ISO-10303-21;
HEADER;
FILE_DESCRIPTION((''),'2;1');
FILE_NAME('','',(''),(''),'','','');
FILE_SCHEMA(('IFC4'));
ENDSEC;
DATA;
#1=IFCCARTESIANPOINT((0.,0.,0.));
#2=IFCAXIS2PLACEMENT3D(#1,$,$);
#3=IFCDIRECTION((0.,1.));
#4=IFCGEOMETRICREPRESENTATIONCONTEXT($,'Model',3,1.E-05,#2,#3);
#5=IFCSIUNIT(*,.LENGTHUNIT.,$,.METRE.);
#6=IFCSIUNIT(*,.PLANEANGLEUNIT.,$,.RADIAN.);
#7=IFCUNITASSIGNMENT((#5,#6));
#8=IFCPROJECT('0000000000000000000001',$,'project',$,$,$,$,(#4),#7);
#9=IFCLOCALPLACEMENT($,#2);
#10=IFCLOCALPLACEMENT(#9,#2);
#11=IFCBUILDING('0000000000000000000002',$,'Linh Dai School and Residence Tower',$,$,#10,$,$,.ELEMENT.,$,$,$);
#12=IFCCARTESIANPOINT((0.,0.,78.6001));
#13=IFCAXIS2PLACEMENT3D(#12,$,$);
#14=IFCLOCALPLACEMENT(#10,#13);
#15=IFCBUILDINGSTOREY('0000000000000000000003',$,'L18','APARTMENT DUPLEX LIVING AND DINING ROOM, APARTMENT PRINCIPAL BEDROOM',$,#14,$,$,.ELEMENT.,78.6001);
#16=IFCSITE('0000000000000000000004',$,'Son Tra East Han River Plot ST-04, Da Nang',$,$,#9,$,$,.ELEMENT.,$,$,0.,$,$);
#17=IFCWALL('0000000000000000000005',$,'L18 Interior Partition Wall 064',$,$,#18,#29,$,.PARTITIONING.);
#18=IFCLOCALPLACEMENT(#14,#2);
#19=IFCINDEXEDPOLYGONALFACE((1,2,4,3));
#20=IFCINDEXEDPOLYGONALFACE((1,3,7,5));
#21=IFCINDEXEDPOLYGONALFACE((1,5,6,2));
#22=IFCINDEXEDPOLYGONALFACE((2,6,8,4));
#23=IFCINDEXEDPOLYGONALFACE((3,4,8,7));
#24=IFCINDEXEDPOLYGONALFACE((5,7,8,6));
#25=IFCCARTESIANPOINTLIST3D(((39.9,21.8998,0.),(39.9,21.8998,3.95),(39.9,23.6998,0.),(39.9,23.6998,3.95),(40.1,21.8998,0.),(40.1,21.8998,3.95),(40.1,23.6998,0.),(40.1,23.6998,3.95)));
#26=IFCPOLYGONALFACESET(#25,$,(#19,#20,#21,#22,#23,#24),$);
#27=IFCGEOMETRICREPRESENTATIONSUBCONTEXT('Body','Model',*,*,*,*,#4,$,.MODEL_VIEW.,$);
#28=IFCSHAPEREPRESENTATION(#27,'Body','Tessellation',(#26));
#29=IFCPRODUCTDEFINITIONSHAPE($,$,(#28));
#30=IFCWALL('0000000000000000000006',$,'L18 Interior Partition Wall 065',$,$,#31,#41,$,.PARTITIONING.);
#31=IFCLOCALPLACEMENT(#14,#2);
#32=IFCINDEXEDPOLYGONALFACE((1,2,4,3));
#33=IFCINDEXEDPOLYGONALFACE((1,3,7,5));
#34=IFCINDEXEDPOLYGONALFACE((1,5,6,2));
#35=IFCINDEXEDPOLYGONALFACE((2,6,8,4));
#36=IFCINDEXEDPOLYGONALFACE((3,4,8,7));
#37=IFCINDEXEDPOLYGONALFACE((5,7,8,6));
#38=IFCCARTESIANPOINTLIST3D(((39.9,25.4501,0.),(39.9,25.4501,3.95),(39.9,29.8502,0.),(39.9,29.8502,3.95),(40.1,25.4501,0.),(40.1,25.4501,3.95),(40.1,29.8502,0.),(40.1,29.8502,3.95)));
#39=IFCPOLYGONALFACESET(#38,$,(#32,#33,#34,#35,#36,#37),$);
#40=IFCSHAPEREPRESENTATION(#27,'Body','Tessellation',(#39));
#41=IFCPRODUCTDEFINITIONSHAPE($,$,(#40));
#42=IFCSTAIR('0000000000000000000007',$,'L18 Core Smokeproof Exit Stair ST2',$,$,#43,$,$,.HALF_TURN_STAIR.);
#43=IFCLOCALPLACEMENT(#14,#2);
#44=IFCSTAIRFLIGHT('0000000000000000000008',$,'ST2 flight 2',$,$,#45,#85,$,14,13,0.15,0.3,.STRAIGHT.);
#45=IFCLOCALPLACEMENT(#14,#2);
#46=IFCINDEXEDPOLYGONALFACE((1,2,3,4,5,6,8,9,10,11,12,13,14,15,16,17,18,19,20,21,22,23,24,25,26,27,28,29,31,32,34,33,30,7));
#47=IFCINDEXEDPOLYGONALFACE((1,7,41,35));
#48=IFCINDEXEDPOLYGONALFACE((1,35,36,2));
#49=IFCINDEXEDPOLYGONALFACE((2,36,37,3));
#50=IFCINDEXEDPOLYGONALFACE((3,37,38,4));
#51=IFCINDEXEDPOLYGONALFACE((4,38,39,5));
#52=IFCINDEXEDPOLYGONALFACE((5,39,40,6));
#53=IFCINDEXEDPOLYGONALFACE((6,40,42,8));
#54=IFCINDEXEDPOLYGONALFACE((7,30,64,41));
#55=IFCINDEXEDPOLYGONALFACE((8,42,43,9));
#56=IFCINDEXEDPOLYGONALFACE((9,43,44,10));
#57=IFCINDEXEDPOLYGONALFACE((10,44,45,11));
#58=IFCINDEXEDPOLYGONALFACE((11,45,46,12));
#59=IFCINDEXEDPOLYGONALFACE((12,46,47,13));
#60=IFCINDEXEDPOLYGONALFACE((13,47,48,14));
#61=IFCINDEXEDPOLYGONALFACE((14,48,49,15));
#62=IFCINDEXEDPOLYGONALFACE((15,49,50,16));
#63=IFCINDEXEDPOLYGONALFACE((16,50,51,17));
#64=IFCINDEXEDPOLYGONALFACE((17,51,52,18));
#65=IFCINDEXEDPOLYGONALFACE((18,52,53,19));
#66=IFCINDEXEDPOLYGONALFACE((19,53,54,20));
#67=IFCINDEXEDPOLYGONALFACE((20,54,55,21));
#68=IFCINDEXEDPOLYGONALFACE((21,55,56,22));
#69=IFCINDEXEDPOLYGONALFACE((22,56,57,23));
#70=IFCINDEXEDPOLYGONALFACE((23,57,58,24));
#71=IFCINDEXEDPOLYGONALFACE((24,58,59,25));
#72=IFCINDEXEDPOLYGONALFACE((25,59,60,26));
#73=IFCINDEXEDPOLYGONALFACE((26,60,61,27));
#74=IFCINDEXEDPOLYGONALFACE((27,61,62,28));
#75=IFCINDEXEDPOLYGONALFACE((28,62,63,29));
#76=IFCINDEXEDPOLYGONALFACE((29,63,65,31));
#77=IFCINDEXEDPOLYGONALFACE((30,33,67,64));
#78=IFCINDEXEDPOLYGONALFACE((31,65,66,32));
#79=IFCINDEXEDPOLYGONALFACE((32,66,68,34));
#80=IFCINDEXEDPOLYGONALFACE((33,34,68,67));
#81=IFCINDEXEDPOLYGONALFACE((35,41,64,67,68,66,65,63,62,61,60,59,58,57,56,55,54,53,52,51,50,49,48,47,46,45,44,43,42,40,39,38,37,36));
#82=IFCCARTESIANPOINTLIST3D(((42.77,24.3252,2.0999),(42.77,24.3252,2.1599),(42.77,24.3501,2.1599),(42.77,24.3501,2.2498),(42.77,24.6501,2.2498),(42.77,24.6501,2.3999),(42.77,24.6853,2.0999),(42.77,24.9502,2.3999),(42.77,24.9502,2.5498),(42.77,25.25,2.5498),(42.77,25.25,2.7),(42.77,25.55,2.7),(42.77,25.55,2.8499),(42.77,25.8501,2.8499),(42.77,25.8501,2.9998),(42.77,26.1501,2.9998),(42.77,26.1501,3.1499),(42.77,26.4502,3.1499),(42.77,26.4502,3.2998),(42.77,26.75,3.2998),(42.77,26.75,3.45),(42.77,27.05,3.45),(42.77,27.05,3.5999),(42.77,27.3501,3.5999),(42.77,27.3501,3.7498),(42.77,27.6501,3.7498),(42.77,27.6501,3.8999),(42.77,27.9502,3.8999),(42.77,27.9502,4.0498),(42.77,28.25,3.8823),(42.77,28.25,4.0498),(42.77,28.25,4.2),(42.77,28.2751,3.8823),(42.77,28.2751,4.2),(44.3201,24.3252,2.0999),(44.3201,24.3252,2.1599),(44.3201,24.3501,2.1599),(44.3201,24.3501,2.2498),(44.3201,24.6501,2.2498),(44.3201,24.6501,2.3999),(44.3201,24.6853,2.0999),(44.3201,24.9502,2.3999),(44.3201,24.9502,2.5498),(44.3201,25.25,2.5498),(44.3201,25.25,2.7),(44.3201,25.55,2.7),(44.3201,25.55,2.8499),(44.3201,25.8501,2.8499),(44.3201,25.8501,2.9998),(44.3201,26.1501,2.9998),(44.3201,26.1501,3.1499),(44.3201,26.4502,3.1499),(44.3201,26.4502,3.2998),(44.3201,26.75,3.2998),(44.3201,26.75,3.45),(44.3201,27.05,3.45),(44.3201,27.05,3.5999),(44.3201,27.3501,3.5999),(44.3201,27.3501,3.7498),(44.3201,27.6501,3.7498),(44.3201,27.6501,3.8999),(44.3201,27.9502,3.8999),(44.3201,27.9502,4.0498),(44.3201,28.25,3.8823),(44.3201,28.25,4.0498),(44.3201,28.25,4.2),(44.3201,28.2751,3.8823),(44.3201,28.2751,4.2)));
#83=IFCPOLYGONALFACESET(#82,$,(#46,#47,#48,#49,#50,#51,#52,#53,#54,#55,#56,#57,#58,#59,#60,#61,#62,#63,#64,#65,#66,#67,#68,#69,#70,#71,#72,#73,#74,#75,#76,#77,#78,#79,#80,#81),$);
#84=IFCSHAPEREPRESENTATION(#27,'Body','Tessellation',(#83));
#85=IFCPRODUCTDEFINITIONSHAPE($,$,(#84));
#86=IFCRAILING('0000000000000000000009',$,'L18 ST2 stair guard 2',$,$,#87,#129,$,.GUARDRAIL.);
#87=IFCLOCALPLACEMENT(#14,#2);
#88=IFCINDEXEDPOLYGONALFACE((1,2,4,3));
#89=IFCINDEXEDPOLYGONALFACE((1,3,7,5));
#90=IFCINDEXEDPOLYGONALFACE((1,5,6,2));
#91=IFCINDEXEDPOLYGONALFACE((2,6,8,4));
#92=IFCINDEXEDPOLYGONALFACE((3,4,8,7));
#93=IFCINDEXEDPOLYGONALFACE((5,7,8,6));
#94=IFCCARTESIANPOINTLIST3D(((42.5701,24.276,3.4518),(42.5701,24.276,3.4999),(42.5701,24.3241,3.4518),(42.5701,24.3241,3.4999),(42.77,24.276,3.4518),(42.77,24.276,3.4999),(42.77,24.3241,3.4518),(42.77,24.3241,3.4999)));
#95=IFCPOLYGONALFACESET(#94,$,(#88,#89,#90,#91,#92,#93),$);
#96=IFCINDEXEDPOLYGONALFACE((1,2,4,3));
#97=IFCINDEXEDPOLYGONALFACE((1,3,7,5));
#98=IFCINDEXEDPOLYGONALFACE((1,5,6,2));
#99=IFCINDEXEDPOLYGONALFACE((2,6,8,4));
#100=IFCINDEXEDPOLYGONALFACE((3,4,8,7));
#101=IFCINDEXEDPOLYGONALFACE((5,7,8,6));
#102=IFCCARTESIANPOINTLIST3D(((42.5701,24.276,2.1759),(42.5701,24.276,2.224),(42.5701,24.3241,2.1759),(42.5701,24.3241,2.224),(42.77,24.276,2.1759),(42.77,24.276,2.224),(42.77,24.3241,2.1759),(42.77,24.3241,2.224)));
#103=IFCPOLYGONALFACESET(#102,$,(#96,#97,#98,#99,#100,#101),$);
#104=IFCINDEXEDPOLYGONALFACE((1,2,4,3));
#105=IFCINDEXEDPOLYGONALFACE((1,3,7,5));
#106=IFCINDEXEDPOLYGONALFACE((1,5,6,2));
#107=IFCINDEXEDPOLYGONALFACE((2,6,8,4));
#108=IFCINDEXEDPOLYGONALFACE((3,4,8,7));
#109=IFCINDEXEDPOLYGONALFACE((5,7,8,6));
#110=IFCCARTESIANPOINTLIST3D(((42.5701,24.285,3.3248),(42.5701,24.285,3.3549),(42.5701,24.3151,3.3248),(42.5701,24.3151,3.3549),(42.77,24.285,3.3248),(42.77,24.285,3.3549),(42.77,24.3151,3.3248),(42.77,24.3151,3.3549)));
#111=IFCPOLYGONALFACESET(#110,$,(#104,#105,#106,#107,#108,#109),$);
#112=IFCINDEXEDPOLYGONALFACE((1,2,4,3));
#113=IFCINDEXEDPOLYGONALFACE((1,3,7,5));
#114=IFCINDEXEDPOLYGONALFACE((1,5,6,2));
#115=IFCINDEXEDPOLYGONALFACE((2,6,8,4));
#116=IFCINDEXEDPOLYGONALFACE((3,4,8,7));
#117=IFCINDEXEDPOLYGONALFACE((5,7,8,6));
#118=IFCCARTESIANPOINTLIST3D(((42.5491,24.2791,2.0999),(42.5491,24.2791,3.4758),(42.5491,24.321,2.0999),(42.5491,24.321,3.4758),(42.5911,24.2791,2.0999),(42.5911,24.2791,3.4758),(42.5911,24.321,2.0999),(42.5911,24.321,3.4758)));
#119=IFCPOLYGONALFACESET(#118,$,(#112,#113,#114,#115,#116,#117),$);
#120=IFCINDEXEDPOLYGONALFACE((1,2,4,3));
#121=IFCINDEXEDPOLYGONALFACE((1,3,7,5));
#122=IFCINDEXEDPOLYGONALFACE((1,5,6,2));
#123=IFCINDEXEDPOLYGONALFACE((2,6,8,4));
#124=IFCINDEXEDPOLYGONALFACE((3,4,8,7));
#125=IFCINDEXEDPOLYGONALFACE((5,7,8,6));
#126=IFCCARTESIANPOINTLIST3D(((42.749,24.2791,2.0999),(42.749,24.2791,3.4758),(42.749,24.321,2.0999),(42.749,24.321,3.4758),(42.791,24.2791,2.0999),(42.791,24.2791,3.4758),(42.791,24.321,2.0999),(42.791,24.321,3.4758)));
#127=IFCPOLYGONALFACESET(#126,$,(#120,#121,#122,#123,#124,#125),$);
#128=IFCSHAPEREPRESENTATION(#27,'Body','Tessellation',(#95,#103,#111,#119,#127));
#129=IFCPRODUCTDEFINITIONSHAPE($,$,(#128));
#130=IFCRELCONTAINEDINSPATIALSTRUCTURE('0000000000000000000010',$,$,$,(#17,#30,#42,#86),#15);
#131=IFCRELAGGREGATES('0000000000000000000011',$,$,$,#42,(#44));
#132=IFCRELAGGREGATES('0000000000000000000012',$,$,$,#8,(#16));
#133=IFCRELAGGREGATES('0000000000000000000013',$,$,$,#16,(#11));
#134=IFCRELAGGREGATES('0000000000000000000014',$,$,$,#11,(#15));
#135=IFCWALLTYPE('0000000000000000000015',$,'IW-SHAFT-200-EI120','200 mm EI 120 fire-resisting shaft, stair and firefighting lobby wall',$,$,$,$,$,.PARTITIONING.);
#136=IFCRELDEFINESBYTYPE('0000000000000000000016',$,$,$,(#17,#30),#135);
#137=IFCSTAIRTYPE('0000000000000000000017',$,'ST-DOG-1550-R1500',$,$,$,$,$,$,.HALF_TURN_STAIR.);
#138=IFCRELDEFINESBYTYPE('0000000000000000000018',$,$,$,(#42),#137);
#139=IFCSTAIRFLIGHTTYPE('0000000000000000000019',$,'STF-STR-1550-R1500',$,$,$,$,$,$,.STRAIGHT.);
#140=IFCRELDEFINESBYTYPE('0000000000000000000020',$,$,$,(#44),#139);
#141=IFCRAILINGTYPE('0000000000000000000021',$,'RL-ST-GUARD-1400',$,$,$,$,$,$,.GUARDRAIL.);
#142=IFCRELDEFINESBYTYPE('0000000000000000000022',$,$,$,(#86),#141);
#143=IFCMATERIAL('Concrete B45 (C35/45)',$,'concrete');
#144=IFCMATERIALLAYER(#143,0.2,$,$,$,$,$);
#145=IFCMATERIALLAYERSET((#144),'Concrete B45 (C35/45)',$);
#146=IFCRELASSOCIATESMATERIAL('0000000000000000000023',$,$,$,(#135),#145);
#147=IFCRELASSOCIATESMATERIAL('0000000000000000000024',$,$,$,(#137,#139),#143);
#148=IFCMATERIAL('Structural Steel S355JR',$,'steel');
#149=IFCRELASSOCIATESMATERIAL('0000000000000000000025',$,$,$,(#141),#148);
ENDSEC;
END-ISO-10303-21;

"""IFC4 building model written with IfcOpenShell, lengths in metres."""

from ifc_helpers import new_model, si_unit, direction, frame, frame_2d, origin, origin_2d, place, context, subcontext, project, spatial, polyline, rectangle, outline, extrude, source, transform, mapped, material, layer, layer_set, type_object, element, aggregate, save


model = new_model("IFC4")

# Units and contexts
model_context = context("Model", 3, precision=1e-05, world=origin(), true_north=direction((0.0, 1.0)))
body_context = subcontext(model_context, "Body", "Model", "MODEL_VIEW")
ifc_project = project(units=[si_unit("LENGTHUNIT", "METRE"), si_unit("PLANEANGLEUNIT", "RADIAN")], contexts=[model_context])

# Site, building, storey
site_placement = place(None, origin())
site = spatial("IfcSite", under=ifc_project, at=site_placement, Name="Son Tra East Han River Plot ST-04, Da Nang", CompositionType="ELEMENT", RefElevation=0.0)
building_placement = place(site_placement, origin())
building = spatial("IfcBuilding", under=site, at=building_placement, Name="Linh Dai School and Residence Tower", CompositionType="ELEMENT")
storey_placement = place(building_placement, frame((0.0, 0.0, 78.6001)))
storey = spatial("IfcBuildingStorey", under=building, at=storey_placement, Name="L18", Description="APARTMENT DUPLEX LIVING AND DINING ROOM, APARTMENT PRINCIPAL BEDROOM", CompositionType="ELEMENT", Elevation=78.6001)

# Shared definitions
ifc_material_1 = material(Name="Structural Steel S355JR", Category="steel")

# Walls
ifc_material_2 = material(Name="Concrete B45 (C35/45)", Category="concrete")
ifc_layer_1 = layer(ifc_material_2, 0.2)
ifc_layer_set_1 = layer_set([ifc_layer_1], Name="Concrete B45 (C35/45)")
wall_type_1 = type_object("IfcWallType", Name="IW-SHAFT-200-EI120", Description="200 mm EI 120 fire-resisting shaft, stair and firefighting lobby wall", PredefinedType="PARTITIONING", material=ifc_layer_set_1)
wall_1_placement = place(storey_placement, frame((40.0, 21.8999, 0.0), z_axis=(0.0, 0.0, 1.0), x_axis=(0.0, 1.0, 0.0)))
element("IfcWall", 1, at=wall_1_placement, inside=storey, type_object=wall_type_1, Name="L18 Interior Partition Wall 064", PredefinedType="PARTITIONING", context=body_context, shape_type="SweptSolid", body=[
    extrude(rectangle(XDim=1.8, YDim=0.2, at=frame_2d((0.8999, 0.0))), origin(), (0.0, 0.0, 1.0), 3.95),
])
wall_2_placement = place(storey_placement, frame((40.0, 25.45, 0.0), z_axis=(0.0, 0.0, 1.0), x_axis=(0.0, 1.0, 0.0)))
element("IfcWall", 2, at=wall_2_placement, inside=storey, type_object=wall_type_1, Name="L18 Interior Partition Wall 065", PredefinedType="PARTITIONING", context=body_context, shape_type="SweptSolid", body=[
    extrude(rectangle(XDim=4.4001, YDim=0.2, at=frame_2d((2.2002, 0.0))), origin(), (0.0, 0.0, 1.0), 3.95),
])

# Stair, stair flight
stair_type = type_object("IfcStairType", Name="ST-DOG-1550-R1500", PredefinedType="HALF_TURN_STAIR", material=ifc_material_2)
stair_placement = place(storey_placement, origin())
stair = element("IfcStair", 3, at=stair_placement, inside=storey, type_object=stair_type, Name="L18 Core Smokeproof Exit Stair ST2", PredefinedType="HALF_TURN_STAIR")
stair_flight_type = type_object("IfcStairFlightType", Name="STF-STR-1550-R1500", PredefinedType="STRAIGHT", material=ifc_material_2)
shared_shape_1 = source(origin(), body_context, "Body", "SweptSolid", [
    extrude(outline(polyline([(-0.0249, 0.0), (-0.0249, 0.0601), (0.0, 0.0601), (0.0, 0.1499), (0.3, 0.1499), (0.3, 0.3), (0.6001, 0.3), (0.6001, 0.45), (0.8999, 0.45), (0.8999, 0.6001), (1.2, 0.6001), (1.2, 0.75), (1.5, 0.75), (1.5, 0.8999), (1.8, 0.8999), (1.8, 1.05), (2.1001, 1.05), (2.1001, 1.2), (2.3999, 1.2), (2.3999, 1.3501), (2.7, 1.3501), (2.7, 1.5), (3.0, 1.5), (3.0, 1.6499), (3.3, 1.6499), (3.3, 1.8), (3.6001, 1.8), (3.6001, 1.95), (3.8999, 1.95), (3.8999, 2.1001), (3.925, 2.1001), (3.925, 1.7825), (3.8999, 1.7825), (0.3352, 0.0), (-0.0249, 0.0)])), frame((0.0, 0.7749, 0.0), z_axis=(0.0, -1.0, 0.0), x_axis=(1.0, 0.0, 0.0)), (0.0, 0.0, 1.0), 1.55),
])
stair_flight_placement = place(storey_placement, frame((43.5449, 24.3501, 2.0999), z_axis=(0.0, 0.0, 1.0), x_axis=(0.0, 1.0, 0.0)))
stair_flight = element("IfcStairFlight", 4, at=stair_flight_placement, type_object=stair_flight_type, Name="ST2 flight 2", NumberOfRisers=14, NumberOfTreads=13, PredefinedType="STRAIGHT", RiserHeight=0.15, TreadLength=0.3, context=body_context, shape_type="MappedRepresentation", body=[
    mapped(shared_shape_1, transform((0.0, 0.0, 0.0), x_axis=(1.0, 0.0, 0.0), y_axis=(0.0, 1.0, 0.0), z_axis=(0.0, 0.0, 1.0), scale=1.0)),
])
aggregate(stair, [stair_flight])

# Railing
railing_type = type_object("IfcRailingType", Name="RL-ST-GUARD-1400", PredefinedType="GUARDRAIL", material=ifc_material_1)
shared_shape_2 = source(origin(), body_context, "Body", "SweptSolid", [
    extrude(rectangle(XDim=0.0481, YDim=0.0481, at=origin_2d()), frame((0.0, 0.0, 1.376), z_axis=(1.0, 0.0, 0.0), x_axis=(0.0, 1.0, 0.0)), (0.0, 0.0, 1.0), 0.2),
    extrude(rectangle(XDim=0.0481, YDim=0.0481, at=origin_2d()), frame((0.0, 0.0, 0.1001), z_axis=(1.0, 0.0, 0.0), x_axis=(0.0, 1.0, 0.0)), (0.0, 0.0, 1.0), 0.2),
    extrude(rectangle(XDim=0.03, YDim=0.03, at=origin_2d()), frame((0.0, 0.0, 1.24), z_axis=(1.0, 0.0, 0.0), x_axis=(0.0, 1.0, 0.0)), (0.0, 0.0, 1.0), 0.2),
    extrude(rectangle(XDim=0.042, YDim=0.042, at=origin_2d()), origin(), (0.0, 0.0, 1.0), 1.376),
    extrude(rectangle(XDim=0.042, YDim=0.042, at=origin_2d()), frame((0.2, 0.0, 0.0)), (0.0, 0.0, 1.0), 1.376),
])
railing_1_placement = place(storey_placement, frame((42.5701, 24.3, 2.0999)))
element("IfcRailing", 5, at=railing_1_placement, inside=storey, type_object=railing_type, Name="L18 ST2 stair guard 2", PredefinedType="GUARDRAIL", context=body_context, shape_type="MappedRepresentation", body=[
    mapped(shared_shape_2, transform((0.0, 0.0, 0.0), x_axis=(1.0, 0.0, 0.0), y_axis=(0.0, 1.0, 0.0), z_axis=(0.0, 0.0, 1.0), scale=1.0)),
])

save(model, "model.ifc")
